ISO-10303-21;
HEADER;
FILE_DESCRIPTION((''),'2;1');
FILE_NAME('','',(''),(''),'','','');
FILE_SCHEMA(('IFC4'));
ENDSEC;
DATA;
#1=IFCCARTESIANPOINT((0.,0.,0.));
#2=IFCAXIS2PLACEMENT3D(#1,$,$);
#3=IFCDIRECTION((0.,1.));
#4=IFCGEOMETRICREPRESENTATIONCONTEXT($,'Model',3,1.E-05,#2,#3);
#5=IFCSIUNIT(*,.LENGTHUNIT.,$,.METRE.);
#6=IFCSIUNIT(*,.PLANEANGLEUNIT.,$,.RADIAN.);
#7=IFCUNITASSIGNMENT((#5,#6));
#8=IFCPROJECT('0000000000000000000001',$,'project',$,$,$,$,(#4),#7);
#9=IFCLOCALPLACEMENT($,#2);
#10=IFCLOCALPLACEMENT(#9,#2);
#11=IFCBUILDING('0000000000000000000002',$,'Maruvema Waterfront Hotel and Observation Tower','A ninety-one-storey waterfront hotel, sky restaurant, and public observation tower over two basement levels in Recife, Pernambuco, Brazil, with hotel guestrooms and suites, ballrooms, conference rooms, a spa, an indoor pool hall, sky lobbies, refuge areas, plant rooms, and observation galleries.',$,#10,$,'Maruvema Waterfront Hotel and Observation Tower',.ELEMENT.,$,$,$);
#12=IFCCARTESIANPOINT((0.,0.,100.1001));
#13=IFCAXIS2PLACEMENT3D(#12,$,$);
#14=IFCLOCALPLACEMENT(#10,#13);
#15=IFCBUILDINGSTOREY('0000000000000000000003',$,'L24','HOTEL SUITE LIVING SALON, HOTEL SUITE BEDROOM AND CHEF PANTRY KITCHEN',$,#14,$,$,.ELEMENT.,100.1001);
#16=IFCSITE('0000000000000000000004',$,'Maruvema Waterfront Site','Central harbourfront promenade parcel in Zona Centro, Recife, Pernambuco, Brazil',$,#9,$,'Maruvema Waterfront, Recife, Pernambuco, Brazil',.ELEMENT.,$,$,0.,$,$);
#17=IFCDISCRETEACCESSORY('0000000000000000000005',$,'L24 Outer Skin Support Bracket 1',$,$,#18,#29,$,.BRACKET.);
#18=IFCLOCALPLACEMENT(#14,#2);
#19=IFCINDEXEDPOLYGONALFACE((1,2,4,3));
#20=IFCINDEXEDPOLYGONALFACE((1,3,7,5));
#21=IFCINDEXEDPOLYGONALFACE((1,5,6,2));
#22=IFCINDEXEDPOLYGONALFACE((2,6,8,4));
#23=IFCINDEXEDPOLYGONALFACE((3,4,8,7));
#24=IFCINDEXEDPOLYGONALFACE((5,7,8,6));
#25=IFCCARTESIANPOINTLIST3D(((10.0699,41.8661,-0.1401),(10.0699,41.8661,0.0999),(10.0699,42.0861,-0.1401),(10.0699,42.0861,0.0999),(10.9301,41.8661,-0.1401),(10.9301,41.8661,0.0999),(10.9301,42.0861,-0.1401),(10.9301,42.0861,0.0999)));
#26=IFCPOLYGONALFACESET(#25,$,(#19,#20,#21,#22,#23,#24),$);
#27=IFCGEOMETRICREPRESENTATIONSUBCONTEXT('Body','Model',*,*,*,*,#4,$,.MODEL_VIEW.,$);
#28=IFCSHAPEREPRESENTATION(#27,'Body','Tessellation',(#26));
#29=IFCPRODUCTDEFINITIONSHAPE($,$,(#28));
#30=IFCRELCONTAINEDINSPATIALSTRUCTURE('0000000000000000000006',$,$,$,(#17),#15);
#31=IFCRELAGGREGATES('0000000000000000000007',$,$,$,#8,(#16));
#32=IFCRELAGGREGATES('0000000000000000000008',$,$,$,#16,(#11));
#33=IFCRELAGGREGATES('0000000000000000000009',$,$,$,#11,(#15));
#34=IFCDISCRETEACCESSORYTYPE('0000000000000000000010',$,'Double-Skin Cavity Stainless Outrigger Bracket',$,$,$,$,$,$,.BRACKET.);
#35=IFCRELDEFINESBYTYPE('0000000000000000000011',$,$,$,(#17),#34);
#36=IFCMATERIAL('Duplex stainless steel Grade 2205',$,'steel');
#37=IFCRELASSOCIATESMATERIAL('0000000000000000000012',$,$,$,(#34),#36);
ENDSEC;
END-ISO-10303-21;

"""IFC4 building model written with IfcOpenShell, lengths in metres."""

from ifc_helpers import new_model, si_unit, direction, frame, origin, origin_2d, place, context, subcontext, project, spatial, rectangle, extrude, material, type_object, element, save


model = new_model("IFC4")

# Units and contexts
model_context = context("Model", 3, precision=1e-05, world=origin(), true_north=direction((0.0, 1.0)))
body_context = subcontext(model_context, "Body", "Model", "MODEL_VIEW")
ifc_project = project(units=[si_unit("LENGTHUNIT", "METRE"), si_unit("PLANEANGLEUNIT", "RADIAN")], contexts=[model_context])

# Site, building, storey
site_placement = place(None, origin())
site = spatial("IfcSite", under=ifc_project, at=site_placement, Name="Maruvema Waterfront Site", Description="Central harbourfront promenade parcel in Zona Centro, Recife, Pernambuco, Brazil", LongName="Maruvema Waterfront, Recife, Pernambuco, Brazil", CompositionType="ELEMENT", RefElevation=0.0)
building_placement = place(site_placement, origin())
building = spatial("IfcBuilding", under=site, at=building_placement, Name="Maruvema Waterfront Hotel and Observation Tower", Description="A ninety-one-storey waterfront hotel, sky restaurant, and public observation tower over two basement levels in Recife, Pernambuco, Brazil, with hotel guestrooms and suites, ballrooms, conference rooms, a spa, an indoor pool hall, sky lobbies, refuge areas, plant rooms, and observation galleries.", LongName="Maruvema Waterfront Hotel and Observation Tower", CompositionType="ELEMENT")
storey_placement = place(building_placement, frame((0.0, 0.0, 100.1001)))
storey = spatial("IfcBuildingStorey", under=building, at=storey_placement, Name="L24", Description="HOTEL SUITE LIVING SALON, HOTEL SUITE BEDROOM AND CHEF PANTRY KITCHEN", CompositionType="ELEMENT", Elevation=100.1001)

# Discrete accessory
ifc_material_1 = material(Name="Duplex stainless steel Grade 2205", Category="steel")
discrete_accessory_type = type_object("IfcDiscreteAccessoryType", Name="Double-Skin Cavity Stainless Outrigger Bracket", PredefinedType="BRACKET", material=ifc_material_1)
discrete_accessory_placement = place(storey_placement, frame((10.5, 41.9761, -0.1401), z_axis=(0.0, 0.0, 1.0), x_axis=(0.0, -1.0, 0.0)))
element("IfcDiscreteAccessory", 1, at=discrete_accessory_placement, inside=storey, type_object=discrete_accessory_type, Name="L24 Outer Skin Support Bracket 1", PredefinedType="BRACKET", context=body_context, shape_type="SweptSolid", body=[
    extrude(rectangle(XDim=0.22, YDim=0.8601, at=origin_2d()), origin(), (0.0, 0.0, 1.0), 0.24),
])

save(model, "model.ifc")
